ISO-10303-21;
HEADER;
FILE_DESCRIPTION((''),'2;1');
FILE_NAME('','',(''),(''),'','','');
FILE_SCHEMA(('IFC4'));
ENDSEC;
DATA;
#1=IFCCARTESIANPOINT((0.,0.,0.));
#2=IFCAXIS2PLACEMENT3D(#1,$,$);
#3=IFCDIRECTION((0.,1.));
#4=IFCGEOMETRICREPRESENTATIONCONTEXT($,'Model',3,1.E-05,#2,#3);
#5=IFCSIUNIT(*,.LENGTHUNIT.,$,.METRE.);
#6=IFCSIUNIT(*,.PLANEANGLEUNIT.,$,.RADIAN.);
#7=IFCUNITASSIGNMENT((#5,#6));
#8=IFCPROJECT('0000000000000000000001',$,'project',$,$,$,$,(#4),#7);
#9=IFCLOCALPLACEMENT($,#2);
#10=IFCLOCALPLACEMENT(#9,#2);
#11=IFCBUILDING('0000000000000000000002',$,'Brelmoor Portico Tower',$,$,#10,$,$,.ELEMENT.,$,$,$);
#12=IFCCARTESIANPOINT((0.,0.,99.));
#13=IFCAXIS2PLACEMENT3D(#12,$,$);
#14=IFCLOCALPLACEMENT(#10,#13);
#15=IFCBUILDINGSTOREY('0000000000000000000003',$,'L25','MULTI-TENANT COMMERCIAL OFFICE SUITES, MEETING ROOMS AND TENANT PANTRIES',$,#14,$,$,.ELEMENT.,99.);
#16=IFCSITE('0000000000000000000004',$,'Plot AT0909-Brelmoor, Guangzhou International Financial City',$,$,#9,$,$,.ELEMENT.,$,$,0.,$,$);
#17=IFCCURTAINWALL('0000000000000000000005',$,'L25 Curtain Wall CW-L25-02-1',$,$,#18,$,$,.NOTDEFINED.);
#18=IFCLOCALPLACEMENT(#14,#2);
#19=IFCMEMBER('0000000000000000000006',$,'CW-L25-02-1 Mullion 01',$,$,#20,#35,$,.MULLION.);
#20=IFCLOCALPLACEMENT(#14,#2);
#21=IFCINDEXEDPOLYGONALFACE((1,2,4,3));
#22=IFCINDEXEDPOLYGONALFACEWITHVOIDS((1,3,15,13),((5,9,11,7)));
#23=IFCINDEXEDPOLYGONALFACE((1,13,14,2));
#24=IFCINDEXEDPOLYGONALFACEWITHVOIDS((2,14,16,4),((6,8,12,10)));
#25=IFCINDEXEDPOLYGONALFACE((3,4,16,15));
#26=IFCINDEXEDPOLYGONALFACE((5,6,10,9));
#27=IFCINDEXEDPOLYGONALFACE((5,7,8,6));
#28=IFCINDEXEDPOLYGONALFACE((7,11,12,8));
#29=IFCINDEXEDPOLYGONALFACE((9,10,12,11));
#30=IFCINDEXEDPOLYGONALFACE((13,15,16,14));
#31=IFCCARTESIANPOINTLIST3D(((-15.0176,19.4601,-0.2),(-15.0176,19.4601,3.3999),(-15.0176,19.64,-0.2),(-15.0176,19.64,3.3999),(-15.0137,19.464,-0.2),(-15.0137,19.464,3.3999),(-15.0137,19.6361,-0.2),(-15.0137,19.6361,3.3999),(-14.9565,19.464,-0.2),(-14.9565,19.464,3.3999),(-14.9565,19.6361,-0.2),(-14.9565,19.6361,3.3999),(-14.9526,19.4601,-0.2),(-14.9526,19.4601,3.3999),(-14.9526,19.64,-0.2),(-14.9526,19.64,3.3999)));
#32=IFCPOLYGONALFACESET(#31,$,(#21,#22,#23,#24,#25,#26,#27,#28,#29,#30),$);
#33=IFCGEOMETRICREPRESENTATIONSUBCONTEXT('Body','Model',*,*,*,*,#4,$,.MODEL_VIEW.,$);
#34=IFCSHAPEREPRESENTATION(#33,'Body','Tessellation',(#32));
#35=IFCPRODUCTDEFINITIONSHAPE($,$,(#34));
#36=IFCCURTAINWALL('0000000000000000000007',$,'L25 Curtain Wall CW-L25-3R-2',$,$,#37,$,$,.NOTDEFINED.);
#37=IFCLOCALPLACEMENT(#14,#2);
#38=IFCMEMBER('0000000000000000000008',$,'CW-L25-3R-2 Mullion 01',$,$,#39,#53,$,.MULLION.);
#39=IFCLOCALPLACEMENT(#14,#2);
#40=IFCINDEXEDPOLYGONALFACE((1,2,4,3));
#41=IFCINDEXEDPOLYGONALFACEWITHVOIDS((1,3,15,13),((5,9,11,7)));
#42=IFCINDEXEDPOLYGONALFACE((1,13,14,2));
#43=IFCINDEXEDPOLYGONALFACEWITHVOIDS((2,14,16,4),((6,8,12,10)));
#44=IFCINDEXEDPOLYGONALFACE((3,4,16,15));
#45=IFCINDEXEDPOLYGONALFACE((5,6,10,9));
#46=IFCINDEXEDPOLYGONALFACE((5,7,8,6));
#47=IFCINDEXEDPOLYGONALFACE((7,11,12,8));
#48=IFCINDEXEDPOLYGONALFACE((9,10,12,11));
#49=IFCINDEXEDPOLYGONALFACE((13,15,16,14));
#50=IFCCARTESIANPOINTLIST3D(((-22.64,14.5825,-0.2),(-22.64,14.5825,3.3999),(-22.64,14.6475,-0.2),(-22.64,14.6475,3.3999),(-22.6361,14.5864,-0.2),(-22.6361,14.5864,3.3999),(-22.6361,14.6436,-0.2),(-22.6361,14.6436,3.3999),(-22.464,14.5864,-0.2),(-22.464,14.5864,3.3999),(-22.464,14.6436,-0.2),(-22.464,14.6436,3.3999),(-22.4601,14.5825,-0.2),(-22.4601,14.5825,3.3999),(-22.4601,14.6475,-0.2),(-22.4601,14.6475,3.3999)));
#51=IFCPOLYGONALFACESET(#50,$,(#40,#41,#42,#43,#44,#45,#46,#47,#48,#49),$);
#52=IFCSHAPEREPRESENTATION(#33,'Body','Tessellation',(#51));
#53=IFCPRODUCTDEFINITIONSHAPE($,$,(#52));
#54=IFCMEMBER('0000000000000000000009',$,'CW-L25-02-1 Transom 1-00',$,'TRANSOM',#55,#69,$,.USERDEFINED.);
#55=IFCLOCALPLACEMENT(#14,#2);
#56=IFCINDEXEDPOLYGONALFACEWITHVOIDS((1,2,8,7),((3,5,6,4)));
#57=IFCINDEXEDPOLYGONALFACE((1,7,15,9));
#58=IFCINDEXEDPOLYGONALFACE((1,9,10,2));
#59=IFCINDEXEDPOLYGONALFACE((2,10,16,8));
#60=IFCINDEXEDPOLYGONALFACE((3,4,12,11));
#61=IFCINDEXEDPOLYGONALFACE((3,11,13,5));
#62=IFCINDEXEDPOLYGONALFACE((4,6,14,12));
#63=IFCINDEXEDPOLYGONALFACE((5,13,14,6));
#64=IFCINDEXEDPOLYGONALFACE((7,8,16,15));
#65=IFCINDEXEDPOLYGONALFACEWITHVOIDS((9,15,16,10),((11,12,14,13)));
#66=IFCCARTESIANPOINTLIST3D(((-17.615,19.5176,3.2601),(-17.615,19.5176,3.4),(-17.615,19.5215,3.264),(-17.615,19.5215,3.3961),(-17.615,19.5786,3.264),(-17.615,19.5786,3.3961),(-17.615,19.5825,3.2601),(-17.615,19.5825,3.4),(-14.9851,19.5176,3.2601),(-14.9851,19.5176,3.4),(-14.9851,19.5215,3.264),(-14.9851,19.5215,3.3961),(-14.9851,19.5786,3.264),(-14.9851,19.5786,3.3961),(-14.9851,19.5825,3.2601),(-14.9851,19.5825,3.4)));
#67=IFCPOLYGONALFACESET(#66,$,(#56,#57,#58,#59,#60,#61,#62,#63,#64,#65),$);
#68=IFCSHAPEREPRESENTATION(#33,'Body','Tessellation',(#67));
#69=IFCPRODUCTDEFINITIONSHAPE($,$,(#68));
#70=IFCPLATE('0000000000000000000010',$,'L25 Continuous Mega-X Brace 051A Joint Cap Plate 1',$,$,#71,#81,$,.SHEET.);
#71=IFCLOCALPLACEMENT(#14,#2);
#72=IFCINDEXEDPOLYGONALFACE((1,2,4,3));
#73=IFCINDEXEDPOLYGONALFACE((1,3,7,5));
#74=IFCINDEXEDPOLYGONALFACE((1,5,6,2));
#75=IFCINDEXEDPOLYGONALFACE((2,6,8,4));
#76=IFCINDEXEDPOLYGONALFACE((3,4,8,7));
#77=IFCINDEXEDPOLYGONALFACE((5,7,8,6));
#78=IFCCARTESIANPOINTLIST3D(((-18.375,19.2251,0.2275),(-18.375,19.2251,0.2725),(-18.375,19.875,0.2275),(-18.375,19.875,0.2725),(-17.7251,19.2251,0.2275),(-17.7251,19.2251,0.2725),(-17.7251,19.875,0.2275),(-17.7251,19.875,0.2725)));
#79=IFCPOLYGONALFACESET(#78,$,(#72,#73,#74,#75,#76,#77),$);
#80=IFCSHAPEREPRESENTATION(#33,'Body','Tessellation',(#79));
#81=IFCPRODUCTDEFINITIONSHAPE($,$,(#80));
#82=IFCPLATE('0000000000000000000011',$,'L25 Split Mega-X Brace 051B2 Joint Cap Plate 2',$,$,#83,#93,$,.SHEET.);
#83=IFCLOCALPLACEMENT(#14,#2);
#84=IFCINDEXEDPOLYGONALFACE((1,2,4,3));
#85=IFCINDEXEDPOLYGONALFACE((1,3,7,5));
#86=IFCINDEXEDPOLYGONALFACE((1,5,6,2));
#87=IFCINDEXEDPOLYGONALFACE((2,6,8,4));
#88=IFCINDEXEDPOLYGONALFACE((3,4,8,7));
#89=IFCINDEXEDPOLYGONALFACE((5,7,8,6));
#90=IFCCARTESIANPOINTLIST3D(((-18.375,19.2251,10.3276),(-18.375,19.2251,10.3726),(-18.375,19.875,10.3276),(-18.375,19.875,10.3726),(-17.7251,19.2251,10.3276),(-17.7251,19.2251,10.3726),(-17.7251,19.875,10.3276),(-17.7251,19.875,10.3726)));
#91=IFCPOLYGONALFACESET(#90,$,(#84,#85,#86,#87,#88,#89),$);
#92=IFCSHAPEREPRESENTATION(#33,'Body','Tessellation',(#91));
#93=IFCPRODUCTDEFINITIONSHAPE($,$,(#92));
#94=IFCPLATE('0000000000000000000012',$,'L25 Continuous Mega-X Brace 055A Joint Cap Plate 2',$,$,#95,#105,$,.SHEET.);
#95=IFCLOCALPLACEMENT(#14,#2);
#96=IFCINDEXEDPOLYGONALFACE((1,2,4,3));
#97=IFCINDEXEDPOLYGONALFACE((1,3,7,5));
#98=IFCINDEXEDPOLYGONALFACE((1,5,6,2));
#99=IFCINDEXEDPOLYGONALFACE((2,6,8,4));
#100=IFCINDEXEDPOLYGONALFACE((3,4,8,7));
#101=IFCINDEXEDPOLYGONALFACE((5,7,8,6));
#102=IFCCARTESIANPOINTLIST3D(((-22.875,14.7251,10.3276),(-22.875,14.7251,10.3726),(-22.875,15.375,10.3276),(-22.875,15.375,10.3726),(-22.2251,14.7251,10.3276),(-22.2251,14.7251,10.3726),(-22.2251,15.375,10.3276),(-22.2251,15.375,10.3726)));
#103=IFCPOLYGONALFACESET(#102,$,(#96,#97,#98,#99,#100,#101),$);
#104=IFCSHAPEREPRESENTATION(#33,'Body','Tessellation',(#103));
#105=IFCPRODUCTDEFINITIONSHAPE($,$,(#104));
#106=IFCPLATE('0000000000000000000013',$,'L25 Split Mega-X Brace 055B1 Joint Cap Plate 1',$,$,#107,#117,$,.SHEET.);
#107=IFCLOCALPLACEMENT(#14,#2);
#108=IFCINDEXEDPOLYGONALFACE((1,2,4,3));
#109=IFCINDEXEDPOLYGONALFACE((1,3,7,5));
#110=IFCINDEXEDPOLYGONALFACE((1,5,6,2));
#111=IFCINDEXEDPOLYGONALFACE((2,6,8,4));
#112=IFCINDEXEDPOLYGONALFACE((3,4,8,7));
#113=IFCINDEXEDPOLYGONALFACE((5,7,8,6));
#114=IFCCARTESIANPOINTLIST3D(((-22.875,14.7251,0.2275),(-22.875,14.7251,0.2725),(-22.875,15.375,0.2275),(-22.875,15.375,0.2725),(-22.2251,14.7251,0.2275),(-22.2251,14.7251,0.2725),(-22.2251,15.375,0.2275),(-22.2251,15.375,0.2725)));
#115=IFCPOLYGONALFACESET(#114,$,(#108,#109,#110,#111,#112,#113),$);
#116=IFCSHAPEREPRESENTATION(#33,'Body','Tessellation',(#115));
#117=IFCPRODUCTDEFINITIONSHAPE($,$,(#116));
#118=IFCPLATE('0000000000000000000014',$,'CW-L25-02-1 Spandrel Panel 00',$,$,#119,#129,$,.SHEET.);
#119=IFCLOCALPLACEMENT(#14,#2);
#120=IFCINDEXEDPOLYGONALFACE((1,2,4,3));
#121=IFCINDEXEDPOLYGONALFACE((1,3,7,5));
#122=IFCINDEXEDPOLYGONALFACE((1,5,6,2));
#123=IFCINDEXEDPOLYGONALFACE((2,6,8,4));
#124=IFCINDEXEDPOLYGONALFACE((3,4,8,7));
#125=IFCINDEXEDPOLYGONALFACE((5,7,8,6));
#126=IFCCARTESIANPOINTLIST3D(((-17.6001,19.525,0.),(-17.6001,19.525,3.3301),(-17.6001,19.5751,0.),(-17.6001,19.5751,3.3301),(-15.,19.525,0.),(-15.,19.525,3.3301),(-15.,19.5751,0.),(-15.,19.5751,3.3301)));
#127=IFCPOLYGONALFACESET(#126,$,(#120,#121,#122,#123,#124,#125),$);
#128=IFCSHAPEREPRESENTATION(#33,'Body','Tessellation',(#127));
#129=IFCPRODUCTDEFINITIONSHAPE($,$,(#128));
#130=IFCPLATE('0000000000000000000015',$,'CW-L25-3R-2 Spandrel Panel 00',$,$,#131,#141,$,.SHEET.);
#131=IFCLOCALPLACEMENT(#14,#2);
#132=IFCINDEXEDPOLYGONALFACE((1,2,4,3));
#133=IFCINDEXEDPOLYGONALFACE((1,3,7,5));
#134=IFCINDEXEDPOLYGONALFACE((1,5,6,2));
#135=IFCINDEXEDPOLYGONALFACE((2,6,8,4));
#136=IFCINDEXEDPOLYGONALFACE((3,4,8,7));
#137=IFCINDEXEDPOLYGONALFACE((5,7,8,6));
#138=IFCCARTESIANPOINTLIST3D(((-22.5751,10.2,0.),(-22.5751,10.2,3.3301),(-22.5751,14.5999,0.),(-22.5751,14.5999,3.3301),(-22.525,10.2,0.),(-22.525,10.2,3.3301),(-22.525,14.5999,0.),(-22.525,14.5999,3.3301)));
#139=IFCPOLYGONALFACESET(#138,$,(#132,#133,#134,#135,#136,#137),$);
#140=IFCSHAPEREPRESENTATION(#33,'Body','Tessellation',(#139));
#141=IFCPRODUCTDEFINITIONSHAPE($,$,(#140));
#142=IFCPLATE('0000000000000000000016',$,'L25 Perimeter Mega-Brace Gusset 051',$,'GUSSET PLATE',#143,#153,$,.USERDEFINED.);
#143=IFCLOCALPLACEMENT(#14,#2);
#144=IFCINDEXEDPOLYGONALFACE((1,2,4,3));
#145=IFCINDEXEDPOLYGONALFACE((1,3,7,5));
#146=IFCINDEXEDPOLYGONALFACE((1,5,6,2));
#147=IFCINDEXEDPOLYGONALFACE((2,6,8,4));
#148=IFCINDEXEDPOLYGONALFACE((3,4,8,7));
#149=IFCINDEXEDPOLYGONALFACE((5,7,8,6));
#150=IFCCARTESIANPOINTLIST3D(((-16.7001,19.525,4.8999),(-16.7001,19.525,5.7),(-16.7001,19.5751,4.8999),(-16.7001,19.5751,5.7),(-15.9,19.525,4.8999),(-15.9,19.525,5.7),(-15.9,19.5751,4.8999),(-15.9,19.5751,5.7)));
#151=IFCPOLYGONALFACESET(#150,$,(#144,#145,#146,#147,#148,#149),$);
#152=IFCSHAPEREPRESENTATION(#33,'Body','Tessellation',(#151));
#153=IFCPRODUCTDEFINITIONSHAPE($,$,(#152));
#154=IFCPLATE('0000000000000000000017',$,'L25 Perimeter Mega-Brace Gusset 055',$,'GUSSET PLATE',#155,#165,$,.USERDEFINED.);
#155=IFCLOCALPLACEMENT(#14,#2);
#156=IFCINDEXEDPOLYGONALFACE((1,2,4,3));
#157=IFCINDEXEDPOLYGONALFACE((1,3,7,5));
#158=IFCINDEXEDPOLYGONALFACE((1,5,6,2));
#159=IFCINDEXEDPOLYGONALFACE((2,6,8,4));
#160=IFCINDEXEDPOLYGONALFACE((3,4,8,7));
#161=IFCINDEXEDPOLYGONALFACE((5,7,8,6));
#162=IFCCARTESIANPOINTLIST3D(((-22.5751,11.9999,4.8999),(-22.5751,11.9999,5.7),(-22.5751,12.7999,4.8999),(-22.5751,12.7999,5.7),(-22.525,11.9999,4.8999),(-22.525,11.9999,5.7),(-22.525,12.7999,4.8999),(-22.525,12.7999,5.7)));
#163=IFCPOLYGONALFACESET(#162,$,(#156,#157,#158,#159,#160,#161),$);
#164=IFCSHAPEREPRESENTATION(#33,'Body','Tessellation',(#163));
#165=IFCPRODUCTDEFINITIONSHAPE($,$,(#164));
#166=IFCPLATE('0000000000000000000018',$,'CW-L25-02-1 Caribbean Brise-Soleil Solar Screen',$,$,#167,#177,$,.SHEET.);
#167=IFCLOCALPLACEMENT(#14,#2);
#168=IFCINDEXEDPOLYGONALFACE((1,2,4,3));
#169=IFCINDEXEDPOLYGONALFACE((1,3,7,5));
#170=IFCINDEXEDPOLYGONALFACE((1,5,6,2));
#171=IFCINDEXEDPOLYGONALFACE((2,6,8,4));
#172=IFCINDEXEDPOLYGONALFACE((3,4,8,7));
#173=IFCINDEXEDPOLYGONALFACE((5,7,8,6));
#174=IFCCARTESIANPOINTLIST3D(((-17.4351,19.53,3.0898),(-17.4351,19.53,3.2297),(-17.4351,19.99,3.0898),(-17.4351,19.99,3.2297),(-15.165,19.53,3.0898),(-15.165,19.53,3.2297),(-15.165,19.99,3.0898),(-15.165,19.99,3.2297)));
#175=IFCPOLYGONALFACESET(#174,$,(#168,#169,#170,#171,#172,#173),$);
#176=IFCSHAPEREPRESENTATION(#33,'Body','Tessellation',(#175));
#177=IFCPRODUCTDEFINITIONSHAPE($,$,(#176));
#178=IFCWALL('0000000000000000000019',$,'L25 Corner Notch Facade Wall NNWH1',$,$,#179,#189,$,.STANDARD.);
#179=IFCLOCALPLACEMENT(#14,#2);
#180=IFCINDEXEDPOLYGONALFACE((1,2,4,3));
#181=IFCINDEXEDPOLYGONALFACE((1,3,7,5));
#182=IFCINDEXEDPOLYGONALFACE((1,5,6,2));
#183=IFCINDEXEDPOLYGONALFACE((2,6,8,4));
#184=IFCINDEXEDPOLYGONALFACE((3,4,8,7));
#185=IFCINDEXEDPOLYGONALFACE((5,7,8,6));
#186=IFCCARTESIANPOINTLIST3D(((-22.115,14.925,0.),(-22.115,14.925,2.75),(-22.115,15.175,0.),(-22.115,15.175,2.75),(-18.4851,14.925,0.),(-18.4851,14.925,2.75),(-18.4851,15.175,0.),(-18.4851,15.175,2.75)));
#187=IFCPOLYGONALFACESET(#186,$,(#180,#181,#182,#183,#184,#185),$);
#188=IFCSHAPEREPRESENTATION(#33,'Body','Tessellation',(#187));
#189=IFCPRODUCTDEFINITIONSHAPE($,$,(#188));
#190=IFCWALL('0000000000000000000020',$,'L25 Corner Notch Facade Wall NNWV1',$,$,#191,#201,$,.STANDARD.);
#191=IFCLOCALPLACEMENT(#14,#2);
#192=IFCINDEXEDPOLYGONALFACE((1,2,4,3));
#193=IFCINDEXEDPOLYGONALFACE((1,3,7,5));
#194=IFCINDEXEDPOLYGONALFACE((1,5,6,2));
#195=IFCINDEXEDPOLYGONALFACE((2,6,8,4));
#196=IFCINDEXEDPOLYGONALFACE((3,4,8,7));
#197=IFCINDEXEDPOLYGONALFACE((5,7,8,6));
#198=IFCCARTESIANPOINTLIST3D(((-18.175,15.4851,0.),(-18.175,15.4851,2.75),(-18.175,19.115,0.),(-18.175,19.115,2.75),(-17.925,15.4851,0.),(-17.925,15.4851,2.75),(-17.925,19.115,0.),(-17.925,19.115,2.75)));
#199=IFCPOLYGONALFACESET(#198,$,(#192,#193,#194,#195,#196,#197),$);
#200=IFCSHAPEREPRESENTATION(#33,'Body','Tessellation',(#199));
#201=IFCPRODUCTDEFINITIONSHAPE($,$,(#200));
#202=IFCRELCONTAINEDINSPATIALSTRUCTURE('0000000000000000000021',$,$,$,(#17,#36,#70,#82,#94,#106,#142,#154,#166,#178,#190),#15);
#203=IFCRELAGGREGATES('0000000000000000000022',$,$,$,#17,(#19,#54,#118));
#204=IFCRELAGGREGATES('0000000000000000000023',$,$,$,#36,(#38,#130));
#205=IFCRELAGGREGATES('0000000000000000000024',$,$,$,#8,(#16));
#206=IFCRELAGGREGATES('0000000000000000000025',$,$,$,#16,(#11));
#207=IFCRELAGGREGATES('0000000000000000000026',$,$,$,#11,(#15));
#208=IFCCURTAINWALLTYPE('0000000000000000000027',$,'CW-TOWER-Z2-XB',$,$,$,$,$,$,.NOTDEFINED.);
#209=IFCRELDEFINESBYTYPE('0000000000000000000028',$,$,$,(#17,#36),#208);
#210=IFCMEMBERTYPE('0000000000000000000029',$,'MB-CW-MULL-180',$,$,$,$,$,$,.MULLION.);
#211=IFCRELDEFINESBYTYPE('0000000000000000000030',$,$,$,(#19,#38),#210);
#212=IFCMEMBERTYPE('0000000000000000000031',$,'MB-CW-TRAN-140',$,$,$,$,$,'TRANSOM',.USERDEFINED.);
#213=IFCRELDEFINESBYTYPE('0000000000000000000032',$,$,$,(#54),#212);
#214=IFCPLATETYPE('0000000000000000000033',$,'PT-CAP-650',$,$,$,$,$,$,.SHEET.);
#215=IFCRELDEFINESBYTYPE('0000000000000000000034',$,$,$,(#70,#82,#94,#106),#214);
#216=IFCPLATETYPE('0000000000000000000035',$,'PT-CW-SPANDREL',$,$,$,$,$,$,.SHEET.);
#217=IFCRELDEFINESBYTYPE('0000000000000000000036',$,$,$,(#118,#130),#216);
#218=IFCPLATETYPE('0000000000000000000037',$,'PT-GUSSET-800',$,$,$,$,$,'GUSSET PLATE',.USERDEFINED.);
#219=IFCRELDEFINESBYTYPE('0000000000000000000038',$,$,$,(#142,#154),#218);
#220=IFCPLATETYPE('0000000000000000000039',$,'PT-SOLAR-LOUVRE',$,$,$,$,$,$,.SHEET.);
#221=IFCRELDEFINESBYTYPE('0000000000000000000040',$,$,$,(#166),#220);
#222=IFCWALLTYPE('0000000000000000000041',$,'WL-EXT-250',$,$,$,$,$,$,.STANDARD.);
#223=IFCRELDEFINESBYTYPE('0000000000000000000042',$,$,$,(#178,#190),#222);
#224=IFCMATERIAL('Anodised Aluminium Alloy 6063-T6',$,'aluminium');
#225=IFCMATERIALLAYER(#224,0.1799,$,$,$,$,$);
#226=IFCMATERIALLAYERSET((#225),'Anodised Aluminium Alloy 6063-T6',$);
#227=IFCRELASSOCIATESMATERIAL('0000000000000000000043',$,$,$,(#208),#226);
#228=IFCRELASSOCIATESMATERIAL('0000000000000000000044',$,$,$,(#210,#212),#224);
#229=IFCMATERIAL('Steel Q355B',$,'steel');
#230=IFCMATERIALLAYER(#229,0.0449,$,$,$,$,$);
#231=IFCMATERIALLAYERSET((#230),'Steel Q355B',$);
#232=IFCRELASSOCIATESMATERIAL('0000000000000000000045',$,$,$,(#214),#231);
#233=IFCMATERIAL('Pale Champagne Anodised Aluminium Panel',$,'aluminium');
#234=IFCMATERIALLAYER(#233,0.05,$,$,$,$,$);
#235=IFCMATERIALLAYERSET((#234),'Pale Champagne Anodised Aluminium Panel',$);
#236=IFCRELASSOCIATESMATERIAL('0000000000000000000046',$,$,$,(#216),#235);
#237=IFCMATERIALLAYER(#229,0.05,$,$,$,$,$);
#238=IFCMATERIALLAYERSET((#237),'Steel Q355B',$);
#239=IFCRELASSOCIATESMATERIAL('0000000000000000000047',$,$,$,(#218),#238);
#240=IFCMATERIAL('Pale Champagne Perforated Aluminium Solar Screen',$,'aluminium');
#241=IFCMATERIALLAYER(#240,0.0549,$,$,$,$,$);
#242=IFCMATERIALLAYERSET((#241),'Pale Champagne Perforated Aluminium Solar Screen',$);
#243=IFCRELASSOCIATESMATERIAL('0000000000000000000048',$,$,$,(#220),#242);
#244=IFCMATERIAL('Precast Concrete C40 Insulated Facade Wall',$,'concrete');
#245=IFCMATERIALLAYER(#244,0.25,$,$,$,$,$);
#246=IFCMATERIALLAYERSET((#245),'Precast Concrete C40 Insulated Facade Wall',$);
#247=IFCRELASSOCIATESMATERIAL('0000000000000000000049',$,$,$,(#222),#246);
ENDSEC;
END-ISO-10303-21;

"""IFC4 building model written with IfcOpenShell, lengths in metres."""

from ifc_helpers import new_model, si_unit, direction, frame, frame_2d, origin, origin_2d, place, context, subcontext, project, spatial, rectangle, hollow_rectangle, extrude, material, layer, layer_set, material_profile, profile_set, type_object, element, aggregate, save


model = new_model("IFC4")

# Units and contexts
model_context = context("Model", 3, precision=1e-05, world=origin(), true_north=direction((0.0, 1.0)))
body_context = subcontext(model_context, "Body", "Model", "MODEL_VIEW")
ifc_project = project(units=[si_unit("LENGTHUNIT", "METRE"), si_unit("PLANEANGLEUNIT", "RADIAN")], contexts=[model_context])

# Site, building, storey
site_placement = place(None, origin())
site = spatial("IfcSite", under=ifc_project, at=site_placement, Name="Plot AT0909-Brelmoor, Guangzhou International Financial City", CompositionType="ELEMENT", RefElevation=0.0)
building_placement = place(site_placement, origin())
building = spatial("IfcBuilding", under=site, at=building_placement, Name="Brelmoor Portico Tower", CompositionType="ELEMENT")
storey_placement = place(building_placement, frame((0.0, 0.0, 99.0)))
storey = spatial("IfcBuildingStorey", under=building, at=storey_placement, Name="L25", Description="MULTI-TENANT COMMERCIAL OFFICE SUITES, MEETING ROOMS AND TENANT PANTRIES", CompositionType="ELEMENT", Elevation=99.0)

# Shared definitions
ifc_material_1 = material(Name="Steel Q355B", Category="steel")

# Curtain wall, member
ifc_material_2 = material(Name="Anodised Aluminium Alloy 6063-T6", Category="aluminium")
ifc_layer_1 = layer(ifc_material_2, 0.1799)
ifc_layer_set_1 = layer_set([ifc_layer_1], Name="Anodised Aluminium Alloy 6063-T6")
curtain_wall_type = type_object("IfcCurtainWallType", Name="CW-TOWER-Z2-XB", PredefinedType="NOTDEFINED", material=ifc_layer_set_1)
curtain_wall_1_placement = place(storey_placement, origin())
curtain_wall_1 = element("IfcCurtainWall", 1, at=curtain_wall_1_placement, inside=storey, type_object=curtain_wall_type, Name="L25 Curtain Wall CW-L25-02-1", PredefinedType="NOTDEFINED")
ifc_material_profile_1 = material_profile(ifc_material_2, hollow_rectangle(XDim=0.0649, YDim=0.1799, WallThickness=0.0039, at=origin_2d()), Name="ALU MULLION 65x180")
ifc_profile_set_1 = profile_set([ifc_material_profile_1], Name="Anodised Aluminium Alloy 6063-T6")
member_type_1 = type_object("IfcMemberType", Name="MB-CW-MULL-180", PredefinedType="MULLION", material=ifc_profile_set_1)
member_1_placement = place(storey_placement, frame((-14.9851, 19.55, -0.2), z_axis=(0.0, 0.0, 1.0), x_axis=(1.0, 0.0, 0.0)))
member_1 = element("IfcMember", 2, at=member_1_placement, type_object=member_type_1, Name="CW-L25-02-1 Mullion 01", PredefinedType="MULLION", context=body_context, shape_type="SweptSolid", body=[
    extrude(hollow_rectangle(XDim=0.0649, YDim=0.1799, WallThickness=0.0039, at=origin_2d()), origin(), (0.0, 0.0, 1.0), 3.5999),
])

# Curtain wall, member
curtain_wall_2_placement = place(storey_placement, origin())
curtain_wall_2 = element("IfcCurtainWall", 3, at=curtain_wall_2_placement, inside=storey, type_object=curtain_wall_type, Name="L25 Curtain Wall CW-L25-3R-2", PredefinedType="NOTDEFINED")
member_2_placement = place(storey_placement, frame((-22.55, 14.615, -0.2), z_axis=(0.0, 0.0, 1.0), x_axis=(0.0, 1.0, 0.0)))
member_2 = element("IfcMember", 4, at=member_2_placement, type_object=member_type_1, Name="CW-L25-3R-2 Mullion 01", PredefinedType="MULLION", context=body_context, shape_type="SweptSolid", body=[
    extrude(hollow_rectangle(XDim=0.0649, YDim=0.1799, WallThickness=0.0039, at=origin_2d()), origin(), (0.0, 0.0, 1.0), 3.5999),
])

# Member
ifc_material_profile_2 = material_profile(ifc_material_2, hollow_rectangle(XDim=0.0649, YDim=0.1399, WallThickness=0.0039, at=origin_2d()), Name="ALU TRANSOM 65x140")
ifc_profile_set_2 = profile_set([ifc_material_profile_2], Name="Anodised Aluminium Alloy 6063-T6")
member_type_2 = type_object("IfcMemberType", Name="MB-CW-TRAN-140", ElementType="TRANSOM", PredefinedType="USERDEFINED", material=ifc_profile_set_2)
member_3_placement = place(storey_placement, frame((-17.615, 19.55, 3.3301), z_axis=(1.0, 0.0, 0.0), x_axis=(0.0, 1.0, 0.0)))
member_3 = element("IfcMember", 5, at=member_3_placement, type_object=member_type_2, Name="CW-L25-02-1 Transom 1-00", ObjectType="TRANSOM", PredefinedType="USERDEFINED", context=body_context, shape_type="SweptSolid", body=[
    extrude(hollow_rectangle(XDim=0.0649, YDim=0.1399, WallThickness=0.0039, at=origin_2d()), origin(), (0.0, 0.0, 1.0), 2.6299),
])

# Plates
ifc_layer_2 = layer(ifc_material_1, 0.0449)
ifc_layer_set_2 = layer_set([ifc_layer_2], Name="Steel Q355B")
plate_type_1 = type_object("IfcPlateType", Name="PT-CAP-650", PredefinedType="SHEET", material=ifc_layer_set_2)
for number, where, z_axis, x_axis, name in (
    (6, (-18.05, 19.55, 0.2275), (0.0, 0.0, 1.0), (1.0, 0.0, 0.0), "L25 Continuous Mega-X Brace 051A Joint Cap Plate 1"),
    (7, (-18.05, 19.55, 10.3276), (0.0, 0.0, 1.0), (1.0, 0.0, 0.0), "L25 Split Mega-X Brace 051B2 Joint Cap Plate 2"),
    (8, (-22.55, 15.05, 10.3276), (0.0, 0.0, 1.0), (1.0, 0.0, 0.0), "L25 Continuous Mega-X Brace 055A Joint Cap Plate 2"),
    (9, (-22.55, 15.05, 0.2275), (0.0, 0.0, 1.0), (1.0, 0.0, 0.0), "L25 Split Mega-X Brace 055B1 Joint Cap Plate 1"),
):
    element("IfcPlate", number, at=place(storey_placement, frame(where, z_axis=z_axis, x_axis=x_axis)), inside=storey, type_object=plate_type_1, Name=name, PredefinedType="SHEET", context=body_context, shape_type="SweptSolid", body=[
        extrude(rectangle(XDim=0.6499, YDim=0.6499, at=origin_2d()), origin(), (0.0, 0.0, 1.0), 0.0449),
    ])

# Plates
ifc_material_3 = material(Name="Pale Champagne Anodised Aluminium Panel", Category="aluminium")
ifc_layer_3 = layer(ifc_material_3, 0.05)
ifc_layer_set_3 = layer_set([ifc_layer_3], Name="Pale Champagne Anodised Aluminium Panel")
plate_type_2 = type_object("IfcPlateType", Name="PT-CW-SPANDREL", PredefinedType="SHEET", material=ifc_layer_set_3)
plate_1_placement = place(storey_placement, frame((-16.3, 19.55, 0.0), z_axis=(0.0, 0.0, 1.0), x_axis=(1.0, 0.0, 0.0)))
plate_1 = element("IfcPlate", 10, at=plate_1_placement, type_object=plate_type_2, Name="CW-L25-02-1 Spandrel Panel 00", PredefinedType="SHEET", context=body_context, shape_type="SweptSolid", body=[
    extrude(rectangle(XDim=2.6001, YDim=0.05, at=origin_2d()), origin(), (0.0, 0.0, 1.0), 3.3301),
])
aggregate(curtain_wall_1, [member_1, member_3, plate_1])
plate_2_placement = place(storey_placement, frame((-22.55, 12.3999, 0.0), z_axis=(0.0, 0.0, 1.0), x_axis=(0.0, 1.0, 0.0)))
plate_2 = element("IfcPlate", 11, at=plate_2_placement, type_object=plate_type_2, Name="CW-L25-3R-2 Spandrel Panel 00", PredefinedType="SHEET", context=body_context, shape_type="SweptSolid", body=[
    extrude(rectangle(XDim=4.3999, YDim=0.05, at=origin_2d()), origin(), (0.0, 0.0, 1.0), 3.3301),
])
aggregate(curtain_wall_2, [member_2, plate_2])

# Plates
ifc_layer_4 = layer(ifc_material_1, 0.05)
ifc_layer_set_4 = layer_set([ifc_layer_4], Name="Steel Q355B")
plate_type_3 = type_object("IfcPlateType", Name="PT-GUSSET-800", ElementType="GUSSET PLATE", PredefinedType="USERDEFINED", material=ifc_layer_set_4)
plate_3_placement = place(storey_placement, frame((-16.3, 19.55, 4.8999), z_axis=(0.0, 0.0, 1.0), x_axis=(1.0, 0.0, 0.0)))
element("IfcPlate", 12, at=plate_3_placement, inside=storey, type_object=plate_type_3, Name="L25 Perimeter Mega-Brace Gusset 051", ObjectType="GUSSET PLATE", PredefinedType="USERDEFINED", context=body_context, shape_type="SweptSolid", body=[
    extrude(rectangle(XDim=0.8, YDim=0.05, at=origin_2d()), origin(), (0.0, 0.0, 1.0), 0.8),
])
plate_4_placement = place(storey_placement, frame((-22.55, 12.3999, 4.8999), z_axis=(0.0, 0.0, 1.0), x_axis=(1.0, 0.0, 0.0)))
element("IfcPlate", 13, at=plate_4_placement, inside=storey, type_object=plate_type_3, Name="L25 Perimeter Mega-Brace Gusset 055", ObjectType="GUSSET PLATE", PredefinedType="USERDEFINED", context=body_context, shape_type="SweptSolid", body=[
    extrude(rectangle(XDim=0.05, YDim=0.8, at=origin_2d()), origin(), (0.0, 0.0, 1.0), 0.8),
])
ifc_material_4 = material(Name="Pale Champagne Perforated Aluminium Solar Screen", Category="aluminium")
ifc_layer_5 = layer(ifc_material_4, 0.0549)
ifc_layer_set_5 = layer_set([ifc_layer_5], Name="Pale Champagne Perforated Aluminium Solar Screen")
plate_type_4 = type_object("IfcPlateType", Name="PT-SOLAR-LOUVRE", PredefinedType="SHEET", material=ifc_layer_set_5)
plate_5_placement = place(storey_placement, frame((-16.3, 19.76, 3.0898), z_axis=(0.0, 0.0, 1.0), x_axis=(1.0, 0.0, 0.0)))
element("IfcPlate", 14, at=plate_5_placement, inside=storey, type_object=plate_type_4, Name="CW-L25-02-1 Caribbean Brise-Soleil Solar Screen", PredefinedType="SHEET", context=body_context, shape_type="SweptSolid", body=[
    extrude(rectangle(XDim=2.27, YDim=0.46, at=origin_2d()), origin(), (0.0, 0.0, 1.0), 0.1399),
])

# Walls
ifc_material_5 = material(Name="Precast Concrete C40 Insulated Facade Wall", Category="concrete")
ifc_layer_6 = layer(ifc_material_5, 0.25)
ifc_layer_set_6 = layer_set([ifc_layer_6], Name="Precast Concrete C40 Insulated Facade Wall")
wall_type = type_object("IfcWallType", Name="WL-EXT-250", PredefinedType="STANDARD", material=ifc_layer_set_6)
for number, where, z_axis, x_axis, name in (
    (15, (-22.115, 15.05, 0.0), (0.0, 0.0, 1.0), (1.0, 0.0, 0.0), "L25 Corner Notch Facade Wall NNWH1"),
    (16, (-18.05, 15.4851, 0.0), (0.0, 0.0, 1.0), (0.0, 1.0, 0.0), "L25 Corner Notch Facade Wall NNWV1"),
):
    element("IfcWall", number, at=place(storey_placement, frame(where, z_axis=z_axis, x_axis=x_axis)), inside=storey, type_object=wall_type, Name=name, PredefinedType="STANDARD", context=body_context, shape_type="SweptSolid", body=[
        extrude(rectangle(XDim=3.6299, YDim=0.25, at=frame_2d((1.8149, 0.0))), origin(), (0.0, 0.0, 1.0), 2.75),
    ])

save(model, "model.ifc")
